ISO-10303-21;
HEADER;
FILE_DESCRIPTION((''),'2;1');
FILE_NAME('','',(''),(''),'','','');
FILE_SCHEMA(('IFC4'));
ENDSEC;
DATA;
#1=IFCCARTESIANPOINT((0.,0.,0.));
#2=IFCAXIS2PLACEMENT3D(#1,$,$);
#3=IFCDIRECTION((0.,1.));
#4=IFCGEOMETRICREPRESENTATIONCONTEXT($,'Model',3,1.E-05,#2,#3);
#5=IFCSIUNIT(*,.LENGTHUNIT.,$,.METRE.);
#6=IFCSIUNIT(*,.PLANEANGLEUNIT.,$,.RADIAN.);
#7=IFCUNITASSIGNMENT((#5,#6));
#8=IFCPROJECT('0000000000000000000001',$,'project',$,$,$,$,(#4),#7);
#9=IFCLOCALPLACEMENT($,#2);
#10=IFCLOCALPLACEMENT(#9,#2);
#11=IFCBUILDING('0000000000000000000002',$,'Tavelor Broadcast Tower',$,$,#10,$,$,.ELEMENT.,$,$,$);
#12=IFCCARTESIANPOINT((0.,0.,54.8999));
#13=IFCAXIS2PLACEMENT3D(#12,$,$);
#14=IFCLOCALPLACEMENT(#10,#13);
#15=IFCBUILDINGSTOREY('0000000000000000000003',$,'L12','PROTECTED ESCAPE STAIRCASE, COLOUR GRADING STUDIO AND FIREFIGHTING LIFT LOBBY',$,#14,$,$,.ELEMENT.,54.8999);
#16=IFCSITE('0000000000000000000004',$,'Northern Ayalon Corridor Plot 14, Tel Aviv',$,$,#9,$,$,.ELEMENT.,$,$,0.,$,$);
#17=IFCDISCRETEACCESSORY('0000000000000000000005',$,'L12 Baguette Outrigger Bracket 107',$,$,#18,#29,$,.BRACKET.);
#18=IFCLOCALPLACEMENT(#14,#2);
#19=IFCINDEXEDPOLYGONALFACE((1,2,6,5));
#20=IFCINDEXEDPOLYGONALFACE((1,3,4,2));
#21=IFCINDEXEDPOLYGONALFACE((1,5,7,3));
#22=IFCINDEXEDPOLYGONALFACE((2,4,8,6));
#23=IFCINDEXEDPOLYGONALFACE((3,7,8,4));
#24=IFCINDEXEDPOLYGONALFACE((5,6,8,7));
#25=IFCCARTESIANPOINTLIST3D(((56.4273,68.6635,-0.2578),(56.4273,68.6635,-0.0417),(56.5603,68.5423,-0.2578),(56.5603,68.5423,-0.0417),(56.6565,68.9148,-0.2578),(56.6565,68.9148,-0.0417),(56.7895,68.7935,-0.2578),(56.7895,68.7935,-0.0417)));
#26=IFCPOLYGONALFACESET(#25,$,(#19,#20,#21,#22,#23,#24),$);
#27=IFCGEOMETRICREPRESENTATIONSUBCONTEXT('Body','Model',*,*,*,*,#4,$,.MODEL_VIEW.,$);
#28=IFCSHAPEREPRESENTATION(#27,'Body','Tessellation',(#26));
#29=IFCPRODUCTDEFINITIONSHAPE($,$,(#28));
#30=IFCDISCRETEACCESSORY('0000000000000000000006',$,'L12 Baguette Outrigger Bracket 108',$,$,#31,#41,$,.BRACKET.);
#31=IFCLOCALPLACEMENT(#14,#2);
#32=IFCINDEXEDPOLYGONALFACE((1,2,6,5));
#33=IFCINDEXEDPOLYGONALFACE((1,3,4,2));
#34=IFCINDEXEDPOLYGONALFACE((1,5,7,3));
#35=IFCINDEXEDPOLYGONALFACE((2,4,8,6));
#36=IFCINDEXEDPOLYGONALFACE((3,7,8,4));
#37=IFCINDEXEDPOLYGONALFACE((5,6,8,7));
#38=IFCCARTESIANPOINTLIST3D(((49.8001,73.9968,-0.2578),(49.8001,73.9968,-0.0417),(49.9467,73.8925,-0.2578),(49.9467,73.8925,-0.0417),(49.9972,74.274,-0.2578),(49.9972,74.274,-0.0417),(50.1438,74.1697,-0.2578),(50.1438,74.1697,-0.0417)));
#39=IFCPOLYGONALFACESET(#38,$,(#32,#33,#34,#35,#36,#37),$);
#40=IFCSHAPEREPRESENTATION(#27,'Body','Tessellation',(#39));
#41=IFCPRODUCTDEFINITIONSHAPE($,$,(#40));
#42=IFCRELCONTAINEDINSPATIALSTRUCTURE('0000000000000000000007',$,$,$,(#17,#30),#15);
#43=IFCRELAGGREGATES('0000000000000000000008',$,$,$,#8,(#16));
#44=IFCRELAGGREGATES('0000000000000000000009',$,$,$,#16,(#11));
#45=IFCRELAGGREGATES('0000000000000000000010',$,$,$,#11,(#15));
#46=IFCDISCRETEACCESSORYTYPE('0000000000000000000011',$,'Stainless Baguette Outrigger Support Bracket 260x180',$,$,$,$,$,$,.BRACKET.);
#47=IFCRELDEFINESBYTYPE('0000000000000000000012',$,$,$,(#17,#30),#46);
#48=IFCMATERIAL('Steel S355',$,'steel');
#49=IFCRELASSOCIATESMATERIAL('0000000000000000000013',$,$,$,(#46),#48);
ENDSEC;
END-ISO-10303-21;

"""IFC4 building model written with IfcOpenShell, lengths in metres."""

from ifc_helpers import new_model, si_unit, direction, frame, origin, origin_2d, place, context, subcontext, project, spatial, rectangle, extrude, source, transform, mapped, material, type_object, type_shapes, element, save


model = new_model("IFC4")

# Units and contexts
model_context = context("Model", 3, precision=1e-05, world=origin(), true_north=direction((0.0, 1.0)))
body_context = subcontext(model_context, "Body", "Model", "MODEL_VIEW")
ifc_project = project(units=[si_unit("LENGTHUNIT", "METRE"), si_unit("PLANEANGLEUNIT", "RADIAN")], contexts=[model_context])

# Site, building, storey
site_placement = place(None, origin())
site = spatial("IfcSite", under=ifc_project, at=site_placement, Name="Northern Ayalon Corridor Plot 14, Tel Aviv", CompositionType="ELEMENT", RefElevation=0.0)
building_placement = place(site_placement, origin())
building = spatial("IfcBuilding", under=site, at=building_placement, Name="Tavelor Broadcast Tower", CompositionType="ELEMENT")
storey_placement = place(building_placement, frame((0.0, 0.0, 54.8999)))
storey = spatial("IfcBuildingStorey", under=building, at=storey_placement, Name="L12", Description="PROTECTED ESCAPE STAIRCASE, COLOUR GRADING STUDIO AND FIREFIGHTING LIFT LOBBY", CompositionType="ELEMENT", Elevation=54.8999)

# Shared definitions
ifc_material_1 = material(Name="Steel S355", Category="steel")

# Discrete accessories
discrete_accessory_type = type_object("IfcDiscreteAccessoryType", Name="Stainless Baguette Outrigger Support Bracket 260x180", PredefinedType="BRACKET", material=ifc_material_1)
shared_shape_1 = source(origin(), body_context, "Body", "SweptSolid", [
    extrude(rectangle(XDim=0.1799, YDim=0.3401, at=origin_2d()), origin(), (0.0, 0.0, 1.0), 0.2161),
])
type_shapes(discrete_accessory_type, [shared_shape_1])
for number, where, z_axis, x_axis, name in (
    (1, (56.6084, 68.7285, -0.2578), (0.0, 0.0, 1.0), (-0.738808, 0.673916, 0.0), "L12 Baguette Outrigger Bracket 107"),
    (2, (49.9719, 74.0833, -0.2578), (0.0, 0.0, 1.0), (-0.814926, 0.579566, 0.0), "L12 Baguette Outrigger Bracket 108"),
):
    element("IfcDiscreteAccessory", number, at=place(storey_placement, frame(where, z_axis=z_axis, x_axis=x_axis)), inside=storey, type_object=discrete_accessory_type, Name=name, PredefinedType="BRACKET", context=body_context, shape_type="MappedRepresentation", body=[
        mapped(shared_shape_1, transform((0.0, 0.0, 0.0), scale=1.0)),
    ])

save(model, "model.ifc")
